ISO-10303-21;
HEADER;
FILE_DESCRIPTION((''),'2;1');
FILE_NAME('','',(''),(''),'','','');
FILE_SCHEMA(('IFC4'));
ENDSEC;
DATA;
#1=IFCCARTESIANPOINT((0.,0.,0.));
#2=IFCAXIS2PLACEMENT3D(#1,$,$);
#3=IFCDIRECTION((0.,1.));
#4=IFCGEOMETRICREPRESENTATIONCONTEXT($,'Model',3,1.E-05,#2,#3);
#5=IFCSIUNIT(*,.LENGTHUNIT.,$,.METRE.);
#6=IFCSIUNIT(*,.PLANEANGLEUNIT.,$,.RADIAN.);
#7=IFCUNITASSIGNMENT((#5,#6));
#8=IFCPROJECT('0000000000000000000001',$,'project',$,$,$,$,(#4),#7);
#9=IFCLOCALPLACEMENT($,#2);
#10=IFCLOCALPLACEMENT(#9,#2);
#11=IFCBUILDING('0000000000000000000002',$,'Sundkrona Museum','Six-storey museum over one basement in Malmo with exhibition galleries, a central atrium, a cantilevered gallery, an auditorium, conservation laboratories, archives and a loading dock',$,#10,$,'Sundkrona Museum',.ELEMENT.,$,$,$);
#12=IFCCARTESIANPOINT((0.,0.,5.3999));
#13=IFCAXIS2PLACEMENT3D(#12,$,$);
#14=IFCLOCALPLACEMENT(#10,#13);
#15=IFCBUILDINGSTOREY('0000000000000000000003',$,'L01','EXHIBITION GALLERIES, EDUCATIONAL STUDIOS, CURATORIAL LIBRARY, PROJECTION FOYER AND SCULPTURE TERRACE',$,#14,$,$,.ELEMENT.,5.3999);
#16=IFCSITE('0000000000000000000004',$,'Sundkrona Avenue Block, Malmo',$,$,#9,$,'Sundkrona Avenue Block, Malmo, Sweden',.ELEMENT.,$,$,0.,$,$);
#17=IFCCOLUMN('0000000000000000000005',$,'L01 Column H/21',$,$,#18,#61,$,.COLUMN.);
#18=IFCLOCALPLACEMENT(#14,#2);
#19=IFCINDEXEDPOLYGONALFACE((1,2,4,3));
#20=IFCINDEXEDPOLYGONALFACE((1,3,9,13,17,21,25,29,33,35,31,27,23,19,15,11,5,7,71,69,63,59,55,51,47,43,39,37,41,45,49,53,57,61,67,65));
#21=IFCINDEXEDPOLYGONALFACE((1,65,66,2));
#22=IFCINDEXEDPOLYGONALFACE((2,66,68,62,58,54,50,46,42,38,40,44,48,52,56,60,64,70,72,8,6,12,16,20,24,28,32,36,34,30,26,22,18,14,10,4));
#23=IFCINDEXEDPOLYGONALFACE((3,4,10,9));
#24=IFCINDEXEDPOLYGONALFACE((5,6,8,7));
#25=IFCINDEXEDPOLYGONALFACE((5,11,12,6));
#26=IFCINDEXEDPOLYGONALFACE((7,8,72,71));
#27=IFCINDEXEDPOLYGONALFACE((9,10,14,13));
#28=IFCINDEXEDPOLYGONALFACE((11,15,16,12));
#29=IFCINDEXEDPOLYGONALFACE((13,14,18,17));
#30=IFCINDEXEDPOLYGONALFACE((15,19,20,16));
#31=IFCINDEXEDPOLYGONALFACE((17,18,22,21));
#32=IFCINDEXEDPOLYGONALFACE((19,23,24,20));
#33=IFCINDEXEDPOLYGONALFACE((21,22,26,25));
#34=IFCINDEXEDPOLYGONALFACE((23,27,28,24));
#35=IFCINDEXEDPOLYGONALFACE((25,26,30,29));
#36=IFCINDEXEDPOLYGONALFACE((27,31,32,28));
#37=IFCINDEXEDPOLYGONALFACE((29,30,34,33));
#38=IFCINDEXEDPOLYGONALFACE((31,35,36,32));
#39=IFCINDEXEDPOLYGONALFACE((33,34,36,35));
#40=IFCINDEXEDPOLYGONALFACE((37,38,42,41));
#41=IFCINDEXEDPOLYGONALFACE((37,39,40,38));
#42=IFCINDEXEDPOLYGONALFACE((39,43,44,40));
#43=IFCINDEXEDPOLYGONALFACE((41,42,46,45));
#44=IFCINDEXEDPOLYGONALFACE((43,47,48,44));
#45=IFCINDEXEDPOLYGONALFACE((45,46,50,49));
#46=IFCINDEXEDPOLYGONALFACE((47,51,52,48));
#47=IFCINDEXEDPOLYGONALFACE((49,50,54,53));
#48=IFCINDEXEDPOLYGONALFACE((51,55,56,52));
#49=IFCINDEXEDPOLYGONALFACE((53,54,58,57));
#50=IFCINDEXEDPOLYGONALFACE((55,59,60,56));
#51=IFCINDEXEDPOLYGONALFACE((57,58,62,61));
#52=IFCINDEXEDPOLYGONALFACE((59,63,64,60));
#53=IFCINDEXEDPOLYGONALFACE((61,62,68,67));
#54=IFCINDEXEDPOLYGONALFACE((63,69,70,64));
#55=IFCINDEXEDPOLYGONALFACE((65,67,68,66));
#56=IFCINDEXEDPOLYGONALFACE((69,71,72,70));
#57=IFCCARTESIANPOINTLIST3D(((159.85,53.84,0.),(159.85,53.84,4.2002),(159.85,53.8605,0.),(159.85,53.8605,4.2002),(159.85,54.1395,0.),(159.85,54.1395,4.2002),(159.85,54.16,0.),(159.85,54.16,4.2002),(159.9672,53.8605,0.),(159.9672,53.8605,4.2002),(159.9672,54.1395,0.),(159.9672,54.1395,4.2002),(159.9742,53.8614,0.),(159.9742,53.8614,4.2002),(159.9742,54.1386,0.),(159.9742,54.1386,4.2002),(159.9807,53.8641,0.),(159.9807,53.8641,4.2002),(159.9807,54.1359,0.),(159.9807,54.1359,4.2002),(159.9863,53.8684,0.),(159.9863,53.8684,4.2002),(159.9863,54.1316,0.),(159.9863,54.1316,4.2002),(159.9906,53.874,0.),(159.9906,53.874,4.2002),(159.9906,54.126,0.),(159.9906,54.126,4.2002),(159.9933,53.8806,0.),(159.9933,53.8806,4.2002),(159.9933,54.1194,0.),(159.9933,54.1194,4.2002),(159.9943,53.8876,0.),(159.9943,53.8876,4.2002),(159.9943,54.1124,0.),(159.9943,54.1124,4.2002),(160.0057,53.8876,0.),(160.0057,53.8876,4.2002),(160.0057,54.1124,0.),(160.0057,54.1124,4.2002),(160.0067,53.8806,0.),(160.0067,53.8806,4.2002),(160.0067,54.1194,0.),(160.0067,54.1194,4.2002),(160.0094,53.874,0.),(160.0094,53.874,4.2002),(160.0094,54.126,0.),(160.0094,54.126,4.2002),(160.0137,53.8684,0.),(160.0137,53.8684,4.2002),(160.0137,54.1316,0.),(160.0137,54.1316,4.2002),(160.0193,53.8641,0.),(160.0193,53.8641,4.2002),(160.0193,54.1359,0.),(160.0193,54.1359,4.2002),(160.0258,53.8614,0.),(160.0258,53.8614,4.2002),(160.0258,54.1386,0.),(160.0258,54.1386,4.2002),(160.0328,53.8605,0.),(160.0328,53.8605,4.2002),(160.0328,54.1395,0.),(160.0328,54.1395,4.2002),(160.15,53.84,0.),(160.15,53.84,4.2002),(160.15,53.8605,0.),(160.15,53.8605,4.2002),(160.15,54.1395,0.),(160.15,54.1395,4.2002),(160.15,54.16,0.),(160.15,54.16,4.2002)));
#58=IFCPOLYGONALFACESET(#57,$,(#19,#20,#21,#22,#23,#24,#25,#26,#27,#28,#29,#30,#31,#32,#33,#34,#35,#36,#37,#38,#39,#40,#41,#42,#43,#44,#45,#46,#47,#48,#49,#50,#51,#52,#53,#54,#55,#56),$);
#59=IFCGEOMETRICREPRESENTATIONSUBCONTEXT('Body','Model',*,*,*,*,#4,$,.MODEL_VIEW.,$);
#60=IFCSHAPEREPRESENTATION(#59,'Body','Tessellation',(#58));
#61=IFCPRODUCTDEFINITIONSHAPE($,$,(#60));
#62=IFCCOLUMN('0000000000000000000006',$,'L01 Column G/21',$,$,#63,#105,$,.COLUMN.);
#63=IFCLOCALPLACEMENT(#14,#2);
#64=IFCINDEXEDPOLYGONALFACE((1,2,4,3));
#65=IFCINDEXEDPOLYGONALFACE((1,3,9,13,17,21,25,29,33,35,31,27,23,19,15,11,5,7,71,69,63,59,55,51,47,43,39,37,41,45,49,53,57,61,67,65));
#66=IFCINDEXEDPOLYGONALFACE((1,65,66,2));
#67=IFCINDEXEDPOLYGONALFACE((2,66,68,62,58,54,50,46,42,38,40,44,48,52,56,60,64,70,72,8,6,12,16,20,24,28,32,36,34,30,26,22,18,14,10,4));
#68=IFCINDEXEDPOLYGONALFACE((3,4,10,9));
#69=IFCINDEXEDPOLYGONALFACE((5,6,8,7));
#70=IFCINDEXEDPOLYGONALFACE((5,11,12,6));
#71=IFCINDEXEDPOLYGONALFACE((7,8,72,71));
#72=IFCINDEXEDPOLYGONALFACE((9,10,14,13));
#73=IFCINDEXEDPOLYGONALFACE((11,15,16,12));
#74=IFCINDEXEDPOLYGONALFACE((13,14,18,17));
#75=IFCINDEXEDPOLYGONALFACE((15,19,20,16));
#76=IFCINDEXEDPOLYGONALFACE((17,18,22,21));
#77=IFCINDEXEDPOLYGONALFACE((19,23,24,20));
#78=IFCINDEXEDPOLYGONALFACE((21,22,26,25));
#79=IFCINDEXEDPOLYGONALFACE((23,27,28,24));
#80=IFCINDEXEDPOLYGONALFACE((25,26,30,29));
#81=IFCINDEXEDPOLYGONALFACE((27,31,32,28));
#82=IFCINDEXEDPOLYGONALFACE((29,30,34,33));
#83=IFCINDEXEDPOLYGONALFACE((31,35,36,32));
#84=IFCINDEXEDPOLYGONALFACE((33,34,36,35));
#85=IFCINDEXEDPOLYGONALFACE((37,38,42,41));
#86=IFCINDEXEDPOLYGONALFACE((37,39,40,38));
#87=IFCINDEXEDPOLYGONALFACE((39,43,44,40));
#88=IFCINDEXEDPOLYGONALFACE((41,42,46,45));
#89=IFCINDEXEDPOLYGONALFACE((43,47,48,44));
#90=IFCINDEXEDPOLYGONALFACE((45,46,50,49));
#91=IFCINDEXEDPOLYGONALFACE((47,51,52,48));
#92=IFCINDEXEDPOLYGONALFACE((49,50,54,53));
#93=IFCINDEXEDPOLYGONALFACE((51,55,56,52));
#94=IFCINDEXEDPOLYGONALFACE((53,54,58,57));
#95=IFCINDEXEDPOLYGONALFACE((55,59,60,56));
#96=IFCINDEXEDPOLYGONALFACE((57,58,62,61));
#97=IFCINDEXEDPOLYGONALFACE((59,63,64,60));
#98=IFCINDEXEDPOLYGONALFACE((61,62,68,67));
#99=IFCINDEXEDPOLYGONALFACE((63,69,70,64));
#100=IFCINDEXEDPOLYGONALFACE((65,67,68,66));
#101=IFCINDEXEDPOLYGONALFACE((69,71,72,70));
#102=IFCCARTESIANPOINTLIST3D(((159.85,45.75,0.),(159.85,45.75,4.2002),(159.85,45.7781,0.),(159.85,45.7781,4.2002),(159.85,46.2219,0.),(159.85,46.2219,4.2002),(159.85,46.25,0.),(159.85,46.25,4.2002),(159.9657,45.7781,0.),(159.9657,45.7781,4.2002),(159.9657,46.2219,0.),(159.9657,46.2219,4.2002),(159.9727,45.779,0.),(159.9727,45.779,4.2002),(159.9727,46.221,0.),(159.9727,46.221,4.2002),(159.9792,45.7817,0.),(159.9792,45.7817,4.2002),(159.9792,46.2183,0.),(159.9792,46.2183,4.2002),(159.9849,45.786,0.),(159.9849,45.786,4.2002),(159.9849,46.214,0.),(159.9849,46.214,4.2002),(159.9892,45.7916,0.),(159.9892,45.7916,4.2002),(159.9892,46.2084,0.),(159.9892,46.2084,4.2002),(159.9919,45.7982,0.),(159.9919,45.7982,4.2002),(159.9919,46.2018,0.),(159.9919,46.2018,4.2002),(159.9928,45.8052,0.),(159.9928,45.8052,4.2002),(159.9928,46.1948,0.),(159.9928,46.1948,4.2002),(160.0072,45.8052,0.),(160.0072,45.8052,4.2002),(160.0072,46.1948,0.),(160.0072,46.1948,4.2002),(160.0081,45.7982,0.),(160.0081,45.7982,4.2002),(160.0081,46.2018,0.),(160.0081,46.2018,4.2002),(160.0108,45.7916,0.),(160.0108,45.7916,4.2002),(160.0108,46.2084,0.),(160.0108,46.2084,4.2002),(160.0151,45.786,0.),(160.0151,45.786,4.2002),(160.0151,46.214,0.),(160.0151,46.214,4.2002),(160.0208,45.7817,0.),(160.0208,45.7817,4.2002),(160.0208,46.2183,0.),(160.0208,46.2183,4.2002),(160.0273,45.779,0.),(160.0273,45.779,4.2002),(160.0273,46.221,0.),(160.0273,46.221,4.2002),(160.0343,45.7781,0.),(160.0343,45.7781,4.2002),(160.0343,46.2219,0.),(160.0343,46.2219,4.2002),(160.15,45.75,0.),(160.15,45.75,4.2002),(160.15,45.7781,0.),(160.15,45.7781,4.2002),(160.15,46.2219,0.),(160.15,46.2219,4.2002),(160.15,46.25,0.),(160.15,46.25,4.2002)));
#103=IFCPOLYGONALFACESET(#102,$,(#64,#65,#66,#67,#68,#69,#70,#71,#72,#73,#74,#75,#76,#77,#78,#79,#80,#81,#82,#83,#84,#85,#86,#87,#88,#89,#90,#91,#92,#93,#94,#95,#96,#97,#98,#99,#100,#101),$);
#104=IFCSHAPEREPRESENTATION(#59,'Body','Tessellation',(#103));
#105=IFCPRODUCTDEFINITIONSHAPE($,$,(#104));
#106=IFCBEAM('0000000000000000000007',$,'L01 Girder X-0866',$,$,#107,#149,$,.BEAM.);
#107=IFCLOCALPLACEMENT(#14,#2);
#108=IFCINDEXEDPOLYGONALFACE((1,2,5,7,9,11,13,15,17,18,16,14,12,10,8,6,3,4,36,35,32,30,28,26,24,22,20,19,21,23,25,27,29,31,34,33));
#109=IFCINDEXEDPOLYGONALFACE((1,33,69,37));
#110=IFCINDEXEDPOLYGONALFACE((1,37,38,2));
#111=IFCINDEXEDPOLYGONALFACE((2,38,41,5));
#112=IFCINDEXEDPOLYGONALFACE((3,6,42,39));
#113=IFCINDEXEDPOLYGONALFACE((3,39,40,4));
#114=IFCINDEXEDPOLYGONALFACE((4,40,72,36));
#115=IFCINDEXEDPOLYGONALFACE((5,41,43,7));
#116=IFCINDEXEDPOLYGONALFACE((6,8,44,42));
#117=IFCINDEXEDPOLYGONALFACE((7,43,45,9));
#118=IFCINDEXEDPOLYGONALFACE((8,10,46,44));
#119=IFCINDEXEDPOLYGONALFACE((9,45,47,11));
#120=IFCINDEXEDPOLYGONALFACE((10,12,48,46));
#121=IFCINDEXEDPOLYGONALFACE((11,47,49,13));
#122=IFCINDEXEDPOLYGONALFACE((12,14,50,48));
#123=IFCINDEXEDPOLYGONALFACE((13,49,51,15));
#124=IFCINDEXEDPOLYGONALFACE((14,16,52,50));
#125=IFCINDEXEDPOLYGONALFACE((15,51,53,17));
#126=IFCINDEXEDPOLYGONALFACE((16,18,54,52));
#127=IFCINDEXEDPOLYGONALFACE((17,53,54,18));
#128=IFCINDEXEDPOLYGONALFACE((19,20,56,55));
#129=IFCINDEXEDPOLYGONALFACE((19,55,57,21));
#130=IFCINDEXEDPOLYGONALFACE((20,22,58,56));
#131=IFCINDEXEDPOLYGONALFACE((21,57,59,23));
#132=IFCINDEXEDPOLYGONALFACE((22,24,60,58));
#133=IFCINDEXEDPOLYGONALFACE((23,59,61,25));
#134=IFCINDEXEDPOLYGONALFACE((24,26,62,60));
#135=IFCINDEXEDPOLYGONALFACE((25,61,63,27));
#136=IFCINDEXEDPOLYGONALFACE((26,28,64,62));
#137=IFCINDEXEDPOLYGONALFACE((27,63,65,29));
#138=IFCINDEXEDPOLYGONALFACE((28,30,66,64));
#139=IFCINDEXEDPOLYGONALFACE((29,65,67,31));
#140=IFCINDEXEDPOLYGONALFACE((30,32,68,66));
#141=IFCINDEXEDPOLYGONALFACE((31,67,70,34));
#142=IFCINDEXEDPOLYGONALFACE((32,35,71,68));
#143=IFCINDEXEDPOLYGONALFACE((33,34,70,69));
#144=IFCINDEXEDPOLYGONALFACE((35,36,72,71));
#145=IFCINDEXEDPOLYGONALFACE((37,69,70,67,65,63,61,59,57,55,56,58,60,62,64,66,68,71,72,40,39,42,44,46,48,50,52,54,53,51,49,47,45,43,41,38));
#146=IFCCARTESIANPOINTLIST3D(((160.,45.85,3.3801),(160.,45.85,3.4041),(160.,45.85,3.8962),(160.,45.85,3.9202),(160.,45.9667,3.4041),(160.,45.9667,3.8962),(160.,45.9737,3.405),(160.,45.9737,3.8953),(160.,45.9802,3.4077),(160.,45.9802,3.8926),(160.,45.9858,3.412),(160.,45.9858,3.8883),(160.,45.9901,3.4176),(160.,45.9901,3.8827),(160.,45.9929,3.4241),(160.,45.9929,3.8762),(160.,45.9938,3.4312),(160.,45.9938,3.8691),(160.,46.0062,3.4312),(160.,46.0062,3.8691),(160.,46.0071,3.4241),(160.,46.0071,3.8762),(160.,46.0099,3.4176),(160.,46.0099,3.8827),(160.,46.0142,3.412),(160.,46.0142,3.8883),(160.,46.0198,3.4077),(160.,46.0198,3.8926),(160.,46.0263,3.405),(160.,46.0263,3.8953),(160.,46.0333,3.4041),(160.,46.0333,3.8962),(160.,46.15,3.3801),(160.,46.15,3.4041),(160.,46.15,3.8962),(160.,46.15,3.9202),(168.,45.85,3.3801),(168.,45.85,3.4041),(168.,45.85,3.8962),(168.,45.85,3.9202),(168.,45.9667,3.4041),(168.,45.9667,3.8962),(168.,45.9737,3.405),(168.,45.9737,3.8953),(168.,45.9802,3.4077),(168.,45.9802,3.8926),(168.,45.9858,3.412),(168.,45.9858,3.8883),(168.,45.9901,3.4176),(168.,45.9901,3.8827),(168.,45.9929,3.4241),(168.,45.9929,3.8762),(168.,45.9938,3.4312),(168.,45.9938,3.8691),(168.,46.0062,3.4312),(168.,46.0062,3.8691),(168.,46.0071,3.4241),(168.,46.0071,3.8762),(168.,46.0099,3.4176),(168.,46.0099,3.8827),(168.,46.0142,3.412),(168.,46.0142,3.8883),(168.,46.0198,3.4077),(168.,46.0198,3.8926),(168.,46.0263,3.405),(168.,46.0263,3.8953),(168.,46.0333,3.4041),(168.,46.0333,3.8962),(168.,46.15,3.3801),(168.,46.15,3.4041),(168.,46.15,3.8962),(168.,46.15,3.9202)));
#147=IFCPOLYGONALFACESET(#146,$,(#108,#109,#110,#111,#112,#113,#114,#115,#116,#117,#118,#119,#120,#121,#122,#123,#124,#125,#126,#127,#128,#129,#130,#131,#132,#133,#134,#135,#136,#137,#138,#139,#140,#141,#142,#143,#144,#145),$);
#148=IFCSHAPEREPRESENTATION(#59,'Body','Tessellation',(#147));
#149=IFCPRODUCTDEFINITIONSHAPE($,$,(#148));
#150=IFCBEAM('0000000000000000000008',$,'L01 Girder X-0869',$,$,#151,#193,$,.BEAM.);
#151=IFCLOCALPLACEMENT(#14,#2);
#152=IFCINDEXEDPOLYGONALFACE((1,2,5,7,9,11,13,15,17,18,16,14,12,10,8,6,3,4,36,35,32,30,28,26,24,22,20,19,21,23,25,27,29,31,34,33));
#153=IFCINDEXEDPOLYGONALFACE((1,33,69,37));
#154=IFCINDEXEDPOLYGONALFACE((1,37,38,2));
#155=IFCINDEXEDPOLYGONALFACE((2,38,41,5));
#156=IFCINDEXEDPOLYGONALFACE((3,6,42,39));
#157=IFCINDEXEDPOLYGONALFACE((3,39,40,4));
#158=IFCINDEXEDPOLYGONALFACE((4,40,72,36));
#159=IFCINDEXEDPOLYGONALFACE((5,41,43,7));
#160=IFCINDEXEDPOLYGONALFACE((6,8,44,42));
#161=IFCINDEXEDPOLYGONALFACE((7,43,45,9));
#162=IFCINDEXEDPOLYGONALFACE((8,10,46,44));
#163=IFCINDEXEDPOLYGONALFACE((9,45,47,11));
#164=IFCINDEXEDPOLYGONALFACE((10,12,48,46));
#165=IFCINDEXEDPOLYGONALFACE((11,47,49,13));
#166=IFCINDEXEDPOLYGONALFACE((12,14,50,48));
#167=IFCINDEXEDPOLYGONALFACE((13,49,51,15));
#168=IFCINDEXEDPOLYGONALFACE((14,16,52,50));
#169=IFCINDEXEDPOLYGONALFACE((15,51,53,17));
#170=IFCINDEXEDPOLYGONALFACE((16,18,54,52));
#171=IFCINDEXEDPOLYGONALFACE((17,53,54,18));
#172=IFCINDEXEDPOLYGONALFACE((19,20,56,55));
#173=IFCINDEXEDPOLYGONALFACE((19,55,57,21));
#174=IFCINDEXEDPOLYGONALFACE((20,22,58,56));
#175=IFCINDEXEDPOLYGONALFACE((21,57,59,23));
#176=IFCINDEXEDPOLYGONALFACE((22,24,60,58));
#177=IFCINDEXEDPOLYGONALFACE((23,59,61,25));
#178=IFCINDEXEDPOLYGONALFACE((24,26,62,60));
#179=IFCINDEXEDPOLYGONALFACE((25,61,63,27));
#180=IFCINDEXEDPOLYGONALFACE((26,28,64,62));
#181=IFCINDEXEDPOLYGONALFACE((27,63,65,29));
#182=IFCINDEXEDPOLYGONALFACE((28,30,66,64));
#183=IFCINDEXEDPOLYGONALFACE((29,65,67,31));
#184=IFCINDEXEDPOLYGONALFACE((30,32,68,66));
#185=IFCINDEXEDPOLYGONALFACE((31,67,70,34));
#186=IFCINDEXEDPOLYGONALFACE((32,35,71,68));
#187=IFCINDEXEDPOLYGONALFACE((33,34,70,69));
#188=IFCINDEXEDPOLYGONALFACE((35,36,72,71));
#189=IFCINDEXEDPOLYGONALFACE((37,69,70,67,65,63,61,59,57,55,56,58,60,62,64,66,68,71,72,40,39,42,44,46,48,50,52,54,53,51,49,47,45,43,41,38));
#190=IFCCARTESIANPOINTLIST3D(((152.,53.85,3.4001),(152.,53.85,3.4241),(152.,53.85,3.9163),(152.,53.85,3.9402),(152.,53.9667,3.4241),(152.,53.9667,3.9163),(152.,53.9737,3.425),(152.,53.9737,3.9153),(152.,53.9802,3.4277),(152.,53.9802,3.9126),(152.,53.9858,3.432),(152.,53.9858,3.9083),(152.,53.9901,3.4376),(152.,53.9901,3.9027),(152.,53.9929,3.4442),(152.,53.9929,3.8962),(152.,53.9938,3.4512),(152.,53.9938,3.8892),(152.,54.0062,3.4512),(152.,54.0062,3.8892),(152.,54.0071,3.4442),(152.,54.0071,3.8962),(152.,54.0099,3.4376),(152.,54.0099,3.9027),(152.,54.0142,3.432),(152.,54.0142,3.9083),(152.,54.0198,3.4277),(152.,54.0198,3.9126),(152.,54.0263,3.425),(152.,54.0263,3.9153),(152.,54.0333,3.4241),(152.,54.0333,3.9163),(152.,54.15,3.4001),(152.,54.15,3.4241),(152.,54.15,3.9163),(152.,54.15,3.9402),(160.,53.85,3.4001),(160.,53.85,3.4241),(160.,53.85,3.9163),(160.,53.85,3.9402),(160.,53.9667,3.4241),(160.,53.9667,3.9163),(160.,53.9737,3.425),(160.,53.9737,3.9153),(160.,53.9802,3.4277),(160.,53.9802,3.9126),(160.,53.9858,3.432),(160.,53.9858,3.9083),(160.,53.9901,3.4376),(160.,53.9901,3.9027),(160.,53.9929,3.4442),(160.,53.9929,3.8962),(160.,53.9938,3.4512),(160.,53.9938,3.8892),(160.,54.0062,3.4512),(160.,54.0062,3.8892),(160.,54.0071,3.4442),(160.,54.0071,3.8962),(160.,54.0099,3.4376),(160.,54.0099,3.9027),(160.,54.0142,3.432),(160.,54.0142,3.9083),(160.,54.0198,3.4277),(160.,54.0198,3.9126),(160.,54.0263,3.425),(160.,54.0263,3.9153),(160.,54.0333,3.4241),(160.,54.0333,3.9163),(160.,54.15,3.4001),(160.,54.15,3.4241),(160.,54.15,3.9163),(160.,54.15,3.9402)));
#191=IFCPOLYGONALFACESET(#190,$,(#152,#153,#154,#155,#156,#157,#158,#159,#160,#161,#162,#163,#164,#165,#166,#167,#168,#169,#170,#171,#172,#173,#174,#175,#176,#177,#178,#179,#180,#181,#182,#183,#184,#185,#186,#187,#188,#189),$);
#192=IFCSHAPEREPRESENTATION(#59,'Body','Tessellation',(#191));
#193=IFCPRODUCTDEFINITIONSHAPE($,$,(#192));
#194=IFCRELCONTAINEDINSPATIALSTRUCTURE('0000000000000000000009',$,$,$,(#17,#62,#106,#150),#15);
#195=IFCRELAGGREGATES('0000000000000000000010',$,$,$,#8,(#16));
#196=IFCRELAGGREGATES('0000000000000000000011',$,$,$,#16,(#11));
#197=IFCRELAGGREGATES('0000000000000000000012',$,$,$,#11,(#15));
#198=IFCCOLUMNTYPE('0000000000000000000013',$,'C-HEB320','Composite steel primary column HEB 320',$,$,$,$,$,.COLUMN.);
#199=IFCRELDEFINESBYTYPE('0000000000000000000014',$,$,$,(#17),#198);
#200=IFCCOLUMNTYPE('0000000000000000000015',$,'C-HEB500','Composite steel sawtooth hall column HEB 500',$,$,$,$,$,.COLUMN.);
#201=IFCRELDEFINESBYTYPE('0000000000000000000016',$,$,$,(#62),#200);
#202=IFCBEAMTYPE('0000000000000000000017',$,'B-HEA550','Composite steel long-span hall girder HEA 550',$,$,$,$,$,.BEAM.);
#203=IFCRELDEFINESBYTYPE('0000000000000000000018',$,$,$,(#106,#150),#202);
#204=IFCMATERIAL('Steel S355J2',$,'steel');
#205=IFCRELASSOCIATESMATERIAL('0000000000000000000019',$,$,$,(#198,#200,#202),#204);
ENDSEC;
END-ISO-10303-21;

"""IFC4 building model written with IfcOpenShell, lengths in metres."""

from ifc_helpers import new_model, si_unit, direction, frame, origin, origin_2d, place, context, subcontext, project, spatial, i_section, extrude, material, material_profile, profile_set, type_object, element, save


model = new_model("IFC4")

# Units and contexts
model_context = context("Model", 3, precision=1e-05, world=origin(), true_north=direction((0.0, 1.0)))
body_context = subcontext(model_context, "Body", "Model", "MODEL_VIEW")
ifc_project = project(units=[si_unit("LENGTHUNIT", "METRE"), si_unit("PLANEANGLEUNIT", "RADIAN")], contexts=[model_context])

# Site, building, storey
site_placement = place(None, origin())
site = spatial("IfcSite", under=ifc_project, at=site_placement, Name="Sundkrona Avenue Block, Malmo", LongName="Sundkrona Avenue Block, Malmo, Sweden", CompositionType="ELEMENT", RefElevation=0.0)
building_placement = place(site_placement, origin())
building = spatial("IfcBuilding", under=site, at=building_placement, Name="Sundkrona Museum", Description="Six-storey museum over one basement in Malmo with exhibition galleries, a central atrium, a cantilevered gallery, an auditorium, conservation laboratories, archives and a loading dock", LongName="Sundkrona Museum", CompositionType="ELEMENT")
storey_placement = place(building_placement, frame((0.0, 0.0, 5.3999)))
storey = spatial("IfcBuildingStorey", under=building, at=storey_placement, Name="L01", Description="EXHIBITION GALLERIES, EDUCATIONAL STUDIOS, CURATORIAL LIBRARY, PROJECTION FOYER AND SCULPTURE TERRACE", CompositionType="ELEMENT", Elevation=5.3999)

# Columns
ifc_material_1 = material(Name="Steel S355J2", Category="steel")
ifc_material_profile_1 = material_profile(ifc_material_1, i_section(OverallWidth=0.3, OverallDepth=0.3201, WebThickness=0.0115, FlangeThickness=0.0205, FilletRadius=0.0271, at=origin_2d()), Name="HEB 320")
ifc_profile_set_1 = profile_set([ifc_material_profile_1], Name="Steel S355J2")
column_type_1 = type_object("IfcColumnType", Name="C-HEB320", Description="Composite steel primary column HEB 320", PredefinedType="COLUMN", material=ifc_profile_set_1)
column_1_placement = place(storey_placement, frame((160.0, 54.0, 0.0), z_axis=(0.0, 0.0, 1.0), x_axis=(1.0, 0.0, 0.0)))
element("IfcColumn", 1, at=column_1_placement, inside=storey, type_object=column_type_1, Name="L01 Column H/21", PredefinedType="COLUMN", context=body_context, shape_type="SweptSolid", body=[
    extrude(i_section(OverallWidth=0.3, OverallDepth=0.3201, WebThickness=0.0115, FlangeThickness=0.0205, FilletRadius=0.0271, at=origin_2d()), origin(), (0.0, 0.0, 1.0), 4.2002),
])
ifc_material_profile_2 = material_profile(ifc_material_1, i_section(OverallWidth=0.3, OverallDepth=0.5, WebThickness=0.0144, FlangeThickness=0.0281, FilletRadius=0.0271, at=origin_2d()), Name="HEB 500")
ifc_profile_set_2 = profile_set([ifc_material_profile_2], Name="Steel S355J2")
column_type_2 = type_object("IfcColumnType", Name="C-HEB500", Description="Composite steel sawtooth hall column HEB 500", PredefinedType="COLUMN", material=ifc_profile_set_2)
column_2_placement = place(storey_placement, frame((160.0, 46.0, 0.0), z_axis=(0.0, 0.0, 1.0), x_axis=(1.0, 0.0, 0.0)))
element("IfcColumn", 2, at=column_2_placement, inside=storey, type_object=column_type_2, Name="L01 Column G/21", PredefinedType="COLUMN", context=body_context, shape_type="SweptSolid", body=[
    extrude(i_section(OverallWidth=0.3, OverallDepth=0.5, WebThickness=0.0144, FlangeThickness=0.0281, FilletRadius=0.0271, at=origin_2d()), origin(), (0.0, 0.0, 1.0), 4.2002),
])

# Beams
ifc_material_profile_3 = material_profile(ifc_material_1, i_section(OverallWidth=0.3, OverallDepth=0.54, WebThickness=0.0125, FlangeThickness=0.0239, FilletRadius=0.0271, at=origin_2d()), Name="HEA 550")
ifc_profile_set_3 = profile_set([ifc_material_profile_3], Name="Steel S355J2")
beam_type_1 = type_object("IfcBeamType", Name="B-HEA550", Description="Composite steel long-span hall girder HEA 550", PredefinedType="BEAM", material=ifc_profile_set_3)
for number, where, z_axis, x_axis, name in (
    (3, (160.0, 46.0, 3.6501), (1.0, 0.0, 0.0), (0.0, 1.0, 0.0), "L01 Girder X-0866"),
    (4, (152.0, 54.0, 3.6702), (1.0, 0.0, 0.0), (0.0, 1.0, 0.0), "L01 Girder X-0869"),
):
    element("IfcBeam", number, at=place(storey_placement, frame(where, z_axis=z_axis, x_axis=x_axis)), inside=storey, type_object=beam_type_1, Name=name, PredefinedType="BEAM", context=body_context, shape_type="SweptSolid", body=[
        extrude(i_section(OverallWidth=0.3, OverallDepth=0.54, WebThickness=0.0125, FlangeThickness=0.0239, FilletRadius=0.0271, at=origin_2d()), origin(), (0.0, 0.0, 1.0), 8.0),
    ])

save(model, "model.ifc")
